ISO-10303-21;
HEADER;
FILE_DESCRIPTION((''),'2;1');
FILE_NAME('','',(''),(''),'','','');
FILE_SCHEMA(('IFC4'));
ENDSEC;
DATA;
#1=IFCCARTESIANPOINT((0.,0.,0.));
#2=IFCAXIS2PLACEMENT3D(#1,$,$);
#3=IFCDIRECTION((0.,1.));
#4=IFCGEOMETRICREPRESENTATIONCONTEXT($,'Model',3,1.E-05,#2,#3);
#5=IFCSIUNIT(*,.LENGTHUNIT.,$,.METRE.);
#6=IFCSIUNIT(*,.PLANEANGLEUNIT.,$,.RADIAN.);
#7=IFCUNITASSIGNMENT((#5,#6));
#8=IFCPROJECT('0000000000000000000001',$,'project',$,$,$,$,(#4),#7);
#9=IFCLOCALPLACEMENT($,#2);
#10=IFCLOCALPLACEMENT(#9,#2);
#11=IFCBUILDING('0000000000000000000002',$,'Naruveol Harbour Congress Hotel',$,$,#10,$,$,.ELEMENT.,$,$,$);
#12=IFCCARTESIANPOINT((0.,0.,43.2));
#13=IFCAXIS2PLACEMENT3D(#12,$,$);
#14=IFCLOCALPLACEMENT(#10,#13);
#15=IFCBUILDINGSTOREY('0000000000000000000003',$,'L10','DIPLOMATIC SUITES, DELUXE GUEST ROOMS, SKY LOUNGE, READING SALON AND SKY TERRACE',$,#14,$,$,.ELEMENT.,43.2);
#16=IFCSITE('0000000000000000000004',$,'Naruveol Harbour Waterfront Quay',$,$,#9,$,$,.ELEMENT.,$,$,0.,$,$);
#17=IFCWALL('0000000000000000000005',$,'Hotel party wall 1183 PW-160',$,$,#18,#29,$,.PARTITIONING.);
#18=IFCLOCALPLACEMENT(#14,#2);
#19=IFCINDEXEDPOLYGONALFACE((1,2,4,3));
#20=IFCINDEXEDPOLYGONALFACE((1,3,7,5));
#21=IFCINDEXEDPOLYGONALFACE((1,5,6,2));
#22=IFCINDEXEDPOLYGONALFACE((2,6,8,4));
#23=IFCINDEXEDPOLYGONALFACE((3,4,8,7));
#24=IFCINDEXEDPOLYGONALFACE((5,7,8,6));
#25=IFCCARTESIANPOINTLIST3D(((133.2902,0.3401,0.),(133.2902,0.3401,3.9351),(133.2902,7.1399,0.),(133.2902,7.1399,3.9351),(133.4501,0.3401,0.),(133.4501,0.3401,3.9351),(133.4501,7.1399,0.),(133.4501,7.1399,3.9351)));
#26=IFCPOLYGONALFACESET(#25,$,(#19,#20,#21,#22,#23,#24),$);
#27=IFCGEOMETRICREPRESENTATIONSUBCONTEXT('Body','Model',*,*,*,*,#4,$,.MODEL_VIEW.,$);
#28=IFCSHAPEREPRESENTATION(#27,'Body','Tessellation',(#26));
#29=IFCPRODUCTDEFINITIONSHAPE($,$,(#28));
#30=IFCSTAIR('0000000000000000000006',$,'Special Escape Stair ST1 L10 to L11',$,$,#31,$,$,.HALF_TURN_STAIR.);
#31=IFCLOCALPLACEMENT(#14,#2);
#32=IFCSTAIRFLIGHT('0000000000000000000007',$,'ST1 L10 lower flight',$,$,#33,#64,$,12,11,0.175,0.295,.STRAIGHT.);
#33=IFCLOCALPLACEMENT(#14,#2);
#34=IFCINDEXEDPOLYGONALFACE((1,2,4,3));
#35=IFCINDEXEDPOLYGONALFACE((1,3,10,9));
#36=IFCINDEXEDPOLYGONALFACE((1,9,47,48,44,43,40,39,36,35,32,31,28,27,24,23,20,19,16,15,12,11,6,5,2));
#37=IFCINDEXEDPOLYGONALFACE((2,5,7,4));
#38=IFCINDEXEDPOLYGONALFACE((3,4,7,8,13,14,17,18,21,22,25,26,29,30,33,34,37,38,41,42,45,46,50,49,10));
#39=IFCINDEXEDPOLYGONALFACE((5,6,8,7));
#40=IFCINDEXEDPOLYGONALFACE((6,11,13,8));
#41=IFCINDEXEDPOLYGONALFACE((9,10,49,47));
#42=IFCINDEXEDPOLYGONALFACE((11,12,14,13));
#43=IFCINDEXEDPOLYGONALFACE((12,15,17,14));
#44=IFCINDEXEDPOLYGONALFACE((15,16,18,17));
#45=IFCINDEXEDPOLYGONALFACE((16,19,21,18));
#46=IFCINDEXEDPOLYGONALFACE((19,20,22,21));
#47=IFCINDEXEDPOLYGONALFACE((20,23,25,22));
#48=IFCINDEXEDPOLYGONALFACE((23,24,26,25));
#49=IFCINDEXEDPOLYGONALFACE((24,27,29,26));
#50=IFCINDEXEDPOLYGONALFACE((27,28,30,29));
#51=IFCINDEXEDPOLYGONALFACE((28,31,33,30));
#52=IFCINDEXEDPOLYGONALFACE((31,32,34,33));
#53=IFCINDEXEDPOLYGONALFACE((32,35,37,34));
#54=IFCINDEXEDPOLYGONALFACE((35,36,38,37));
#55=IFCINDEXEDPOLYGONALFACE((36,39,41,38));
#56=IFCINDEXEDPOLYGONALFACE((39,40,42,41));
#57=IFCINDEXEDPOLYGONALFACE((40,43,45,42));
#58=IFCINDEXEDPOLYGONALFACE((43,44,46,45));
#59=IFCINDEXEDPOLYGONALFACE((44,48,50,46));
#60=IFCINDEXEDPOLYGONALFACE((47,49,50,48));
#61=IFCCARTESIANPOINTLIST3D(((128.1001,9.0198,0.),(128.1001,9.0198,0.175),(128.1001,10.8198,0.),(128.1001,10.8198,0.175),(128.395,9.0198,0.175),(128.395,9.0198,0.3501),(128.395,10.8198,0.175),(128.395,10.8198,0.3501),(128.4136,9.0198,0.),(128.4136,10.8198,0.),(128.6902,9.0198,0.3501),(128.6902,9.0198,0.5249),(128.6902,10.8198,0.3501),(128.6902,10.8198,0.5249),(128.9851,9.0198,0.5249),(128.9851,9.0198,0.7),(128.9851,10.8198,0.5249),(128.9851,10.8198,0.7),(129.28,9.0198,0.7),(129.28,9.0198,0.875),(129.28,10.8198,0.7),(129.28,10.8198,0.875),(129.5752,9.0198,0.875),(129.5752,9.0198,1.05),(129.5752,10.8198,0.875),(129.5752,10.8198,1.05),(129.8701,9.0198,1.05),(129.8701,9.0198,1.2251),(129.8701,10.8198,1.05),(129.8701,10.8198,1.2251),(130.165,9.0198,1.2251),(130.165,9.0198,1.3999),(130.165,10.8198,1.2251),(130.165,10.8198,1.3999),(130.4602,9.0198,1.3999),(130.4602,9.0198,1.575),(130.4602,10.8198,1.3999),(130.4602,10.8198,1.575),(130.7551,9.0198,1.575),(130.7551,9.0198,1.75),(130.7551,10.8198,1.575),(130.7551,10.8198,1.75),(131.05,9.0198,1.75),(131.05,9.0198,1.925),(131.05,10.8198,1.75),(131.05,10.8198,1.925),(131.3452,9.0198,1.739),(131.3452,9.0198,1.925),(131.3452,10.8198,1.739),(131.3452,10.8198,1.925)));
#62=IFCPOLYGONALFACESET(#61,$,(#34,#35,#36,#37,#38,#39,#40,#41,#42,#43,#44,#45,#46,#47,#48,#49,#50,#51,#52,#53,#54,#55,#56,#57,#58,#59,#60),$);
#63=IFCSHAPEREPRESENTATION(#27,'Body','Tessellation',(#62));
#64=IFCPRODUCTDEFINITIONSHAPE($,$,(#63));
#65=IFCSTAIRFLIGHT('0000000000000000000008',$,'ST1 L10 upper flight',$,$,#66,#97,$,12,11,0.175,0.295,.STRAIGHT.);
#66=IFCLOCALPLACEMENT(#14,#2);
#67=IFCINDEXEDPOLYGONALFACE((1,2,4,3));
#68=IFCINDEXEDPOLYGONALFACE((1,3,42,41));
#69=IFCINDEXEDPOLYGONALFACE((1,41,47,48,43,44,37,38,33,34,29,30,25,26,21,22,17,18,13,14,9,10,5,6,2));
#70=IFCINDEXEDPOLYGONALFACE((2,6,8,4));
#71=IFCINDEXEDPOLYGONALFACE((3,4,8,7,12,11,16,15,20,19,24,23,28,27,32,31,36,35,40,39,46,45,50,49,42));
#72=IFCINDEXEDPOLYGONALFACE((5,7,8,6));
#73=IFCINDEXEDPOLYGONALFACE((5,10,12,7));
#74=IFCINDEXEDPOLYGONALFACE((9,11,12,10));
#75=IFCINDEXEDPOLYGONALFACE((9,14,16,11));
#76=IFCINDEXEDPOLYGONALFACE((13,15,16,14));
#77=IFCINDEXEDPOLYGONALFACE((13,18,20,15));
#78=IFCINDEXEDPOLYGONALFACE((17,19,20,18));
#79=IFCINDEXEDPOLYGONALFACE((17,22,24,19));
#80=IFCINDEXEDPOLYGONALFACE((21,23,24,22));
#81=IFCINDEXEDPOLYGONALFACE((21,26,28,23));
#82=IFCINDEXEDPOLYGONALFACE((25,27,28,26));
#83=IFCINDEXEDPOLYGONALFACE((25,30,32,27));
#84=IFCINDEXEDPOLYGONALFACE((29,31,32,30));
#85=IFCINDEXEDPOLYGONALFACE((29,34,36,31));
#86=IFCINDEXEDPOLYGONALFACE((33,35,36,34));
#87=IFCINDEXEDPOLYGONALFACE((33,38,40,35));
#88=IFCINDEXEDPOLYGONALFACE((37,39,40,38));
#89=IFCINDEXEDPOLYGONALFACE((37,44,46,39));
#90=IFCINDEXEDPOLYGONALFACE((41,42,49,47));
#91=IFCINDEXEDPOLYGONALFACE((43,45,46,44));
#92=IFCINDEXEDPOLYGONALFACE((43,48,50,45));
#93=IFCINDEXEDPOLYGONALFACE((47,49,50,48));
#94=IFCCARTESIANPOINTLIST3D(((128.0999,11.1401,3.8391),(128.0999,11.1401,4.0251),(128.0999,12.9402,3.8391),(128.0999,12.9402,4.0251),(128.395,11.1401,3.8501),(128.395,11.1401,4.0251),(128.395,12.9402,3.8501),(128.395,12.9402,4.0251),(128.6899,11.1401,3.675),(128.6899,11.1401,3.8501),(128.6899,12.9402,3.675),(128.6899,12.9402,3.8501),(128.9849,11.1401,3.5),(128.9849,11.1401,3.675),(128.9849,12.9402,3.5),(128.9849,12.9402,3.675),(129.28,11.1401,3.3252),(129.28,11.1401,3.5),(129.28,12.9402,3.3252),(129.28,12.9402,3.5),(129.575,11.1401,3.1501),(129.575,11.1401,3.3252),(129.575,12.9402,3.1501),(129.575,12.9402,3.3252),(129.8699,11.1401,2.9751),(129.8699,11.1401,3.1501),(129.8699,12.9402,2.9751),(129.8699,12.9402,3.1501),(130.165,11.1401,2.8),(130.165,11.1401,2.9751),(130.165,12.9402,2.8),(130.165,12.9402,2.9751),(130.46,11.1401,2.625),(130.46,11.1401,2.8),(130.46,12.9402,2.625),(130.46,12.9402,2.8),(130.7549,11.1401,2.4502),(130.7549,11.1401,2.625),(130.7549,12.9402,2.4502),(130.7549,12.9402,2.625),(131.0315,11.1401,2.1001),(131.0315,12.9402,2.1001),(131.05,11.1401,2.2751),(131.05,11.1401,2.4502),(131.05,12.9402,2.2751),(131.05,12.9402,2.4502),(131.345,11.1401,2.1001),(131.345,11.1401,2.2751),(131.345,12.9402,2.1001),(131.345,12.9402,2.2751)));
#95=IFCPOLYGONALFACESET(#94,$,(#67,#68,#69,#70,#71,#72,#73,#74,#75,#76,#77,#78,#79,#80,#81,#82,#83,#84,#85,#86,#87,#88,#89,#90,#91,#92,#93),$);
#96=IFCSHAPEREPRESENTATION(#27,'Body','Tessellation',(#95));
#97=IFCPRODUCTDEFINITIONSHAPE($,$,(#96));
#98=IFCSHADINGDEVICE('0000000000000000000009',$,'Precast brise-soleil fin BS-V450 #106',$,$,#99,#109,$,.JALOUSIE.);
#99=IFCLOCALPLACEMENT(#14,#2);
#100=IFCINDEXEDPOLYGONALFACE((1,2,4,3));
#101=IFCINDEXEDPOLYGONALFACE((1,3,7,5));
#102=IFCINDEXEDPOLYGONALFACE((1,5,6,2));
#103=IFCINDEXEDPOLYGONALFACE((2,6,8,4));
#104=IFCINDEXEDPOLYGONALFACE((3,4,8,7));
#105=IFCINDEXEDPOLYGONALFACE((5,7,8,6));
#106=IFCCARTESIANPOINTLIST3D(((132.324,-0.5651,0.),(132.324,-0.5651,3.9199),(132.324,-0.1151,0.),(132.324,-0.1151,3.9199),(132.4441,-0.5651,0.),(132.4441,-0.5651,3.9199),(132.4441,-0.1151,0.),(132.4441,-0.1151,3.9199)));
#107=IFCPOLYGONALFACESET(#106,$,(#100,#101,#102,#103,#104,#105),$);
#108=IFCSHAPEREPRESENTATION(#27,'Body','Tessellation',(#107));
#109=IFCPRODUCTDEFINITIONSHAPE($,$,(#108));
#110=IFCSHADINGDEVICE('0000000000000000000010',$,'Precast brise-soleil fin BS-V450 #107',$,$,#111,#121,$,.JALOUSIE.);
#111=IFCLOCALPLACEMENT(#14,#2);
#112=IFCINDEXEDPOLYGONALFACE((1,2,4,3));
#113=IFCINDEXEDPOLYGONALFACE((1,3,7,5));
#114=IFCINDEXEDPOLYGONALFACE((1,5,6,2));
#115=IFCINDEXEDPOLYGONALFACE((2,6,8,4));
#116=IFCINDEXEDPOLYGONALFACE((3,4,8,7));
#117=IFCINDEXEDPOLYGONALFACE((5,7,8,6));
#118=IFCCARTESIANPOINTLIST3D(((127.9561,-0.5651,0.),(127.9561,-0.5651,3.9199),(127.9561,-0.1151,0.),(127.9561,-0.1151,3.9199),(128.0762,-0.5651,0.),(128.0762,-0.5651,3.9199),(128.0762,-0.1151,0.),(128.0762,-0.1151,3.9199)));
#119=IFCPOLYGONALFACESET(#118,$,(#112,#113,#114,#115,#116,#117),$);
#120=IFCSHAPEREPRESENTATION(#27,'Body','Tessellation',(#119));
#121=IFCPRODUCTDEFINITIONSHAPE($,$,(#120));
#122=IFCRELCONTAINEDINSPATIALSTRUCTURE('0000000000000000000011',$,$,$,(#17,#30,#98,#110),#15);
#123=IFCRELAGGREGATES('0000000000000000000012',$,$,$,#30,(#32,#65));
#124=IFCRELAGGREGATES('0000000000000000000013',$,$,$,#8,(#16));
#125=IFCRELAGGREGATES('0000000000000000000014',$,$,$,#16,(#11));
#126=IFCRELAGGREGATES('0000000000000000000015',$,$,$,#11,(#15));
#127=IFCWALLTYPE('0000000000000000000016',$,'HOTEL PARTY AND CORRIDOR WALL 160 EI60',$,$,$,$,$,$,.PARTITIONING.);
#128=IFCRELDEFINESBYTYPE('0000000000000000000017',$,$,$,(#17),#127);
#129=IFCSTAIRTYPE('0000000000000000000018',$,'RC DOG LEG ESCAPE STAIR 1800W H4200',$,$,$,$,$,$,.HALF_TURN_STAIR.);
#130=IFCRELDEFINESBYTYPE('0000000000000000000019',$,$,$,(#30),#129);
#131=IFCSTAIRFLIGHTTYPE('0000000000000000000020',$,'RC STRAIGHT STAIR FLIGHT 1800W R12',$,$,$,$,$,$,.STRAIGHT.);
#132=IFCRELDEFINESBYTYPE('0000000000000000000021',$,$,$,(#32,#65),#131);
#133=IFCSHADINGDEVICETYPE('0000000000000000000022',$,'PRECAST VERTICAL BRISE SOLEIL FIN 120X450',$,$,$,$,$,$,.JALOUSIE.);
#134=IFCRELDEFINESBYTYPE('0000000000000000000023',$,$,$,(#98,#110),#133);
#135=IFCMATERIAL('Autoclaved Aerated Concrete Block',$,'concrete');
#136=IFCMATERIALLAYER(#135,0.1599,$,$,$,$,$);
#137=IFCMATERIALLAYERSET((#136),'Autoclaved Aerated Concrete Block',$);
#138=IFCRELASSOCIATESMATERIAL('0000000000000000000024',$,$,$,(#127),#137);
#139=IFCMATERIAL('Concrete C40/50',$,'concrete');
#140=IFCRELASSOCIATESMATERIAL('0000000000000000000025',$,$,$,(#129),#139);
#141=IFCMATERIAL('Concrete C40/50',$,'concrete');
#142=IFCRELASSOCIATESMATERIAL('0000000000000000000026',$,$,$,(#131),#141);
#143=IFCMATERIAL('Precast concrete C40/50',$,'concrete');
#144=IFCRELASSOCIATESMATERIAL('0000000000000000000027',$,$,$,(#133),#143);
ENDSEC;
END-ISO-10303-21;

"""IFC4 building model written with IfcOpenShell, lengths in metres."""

from ifc_helpers import new_model, si_unit, direction, frame, frame_2d, origin, origin_2d, place, context, subcontext, project, spatial, polyline, rectangle, outline, extrude, material, layer, layer_set, type_object, element, aggregate, save


model = new_model("IFC4")

# Units and contexts
model_context = context("Model", 3, precision=1e-05, world=origin(), true_north=direction((0.0, 1.0)))
body_context = subcontext(model_context, "Body", "Model", "MODEL_VIEW")
ifc_project = project(units=[si_unit("LENGTHUNIT", "METRE"), si_unit("PLANEANGLEUNIT", "RADIAN")], contexts=[model_context])

# Site, building, storey
site_placement = place(None, origin())
site = spatial("IfcSite", under=ifc_project, at=site_placement, Name="Naruveol Harbour Waterfront Quay", CompositionType="ELEMENT", RefElevation=0.0)
building_placement = place(site_placement, origin())
building = spatial("IfcBuilding", under=site, at=building_placement, Name="Naruveol Harbour Congress Hotel", CompositionType="ELEMENT")
storey_placement = place(building_placement, frame((0.0, 0.0, 43.2)))
storey = spatial("IfcBuildingStorey", under=building, at=storey_placement, Name="L10", Description="DIPLOMATIC SUITES, DELUXE GUEST ROOMS, SKY LOUNGE, READING SALON AND SKY TERRACE", CompositionType="ELEMENT", Elevation=43.2)

# Shared definitions
ifc_material_1 = material(Name="Autoclaved Aerated Concrete Block", Category="concrete")
ifc_layer_1 = layer(ifc_material_1, 0.1599)
ifc_layer_set_1 = layer_set([ifc_layer_1], Name="Autoclaved Aerated Concrete Block")
wall_type_1 = type_object("IfcWallType", Name="HOTEL PARTY AND CORRIDOR WALL 160 EI60", PredefinedType="PARTITIONING", material=ifc_layer_set_1)

# Wall
wall_1_placement = place(storey_placement, frame((133.3701, 0.3401, 0.0), z_axis=(0.0, 0.0, 1.0), x_axis=(0.0, 1.0, 0.0)))
element("IfcWall", 1, at=wall_1_placement, inside=storey, type_object=wall_type_1, Name="Hotel party wall 1183 PW-160", PredefinedType="PARTITIONING", context=body_context, shape_type="SweptSolid", body=[
    extrude(rectangle(XDim=6.7998, YDim=0.1599, at=frame_2d((3.3999, 0.0))), origin(), (0.0, 0.0, 1.0), 3.9351),
])

# Stair, stair flights
ifc_material_2 = material(Name="Concrete C40/50", Category="concrete")
stair_type = type_object("IfcStairType", Name="RC DOG LEG ESCAPE STAIR 1800W H4200", PredefinedType="HALF_TURN_STAIR", material=ifc_material_2)
stair_placement = place(storey_placement, origin())
stair = element("IfcStair", 2, at=stair_placement, inside=storey, type_object=stair_type, Name="Special Escape Stair ST1 L10 to L11", PredefinedType="HALF_TURN_STAIR")
ifc_material_3 = material(Name="Concrete C40/50", Category="concrete")
stair_flight_type = type_object("IfcStairFlightType", Name="RC STRAIGHT STAIR FLIGHT 1800W R12", PredefinedType="STRAIGHT", material=ifc_material_3)
stair_flight_1_placement = place(storey_placement, frame((128.1001, 9.9199, 0.0), z_axis=(0.0, 0.0, 1.0), x_axis=(1.0, 0.0, 0.0)))
stair_flight_1 = element("IfcStairFlight", 3, at=stair_flight_1_placement, type_object=stair_flight_type, Name="ST1 L10 lower flight", NumberOfRisers=12, NumberOfTreads=11, PredefinedType="STRAIGHT", RiserHeight=0.175, TreadLength=0.295, context=body_context, shape_type="SweptSolid", body=[
    extrude(outline(polyline([(0.0, 0.0), (0.0, 0.175), (0.2949, 0.175), (0.2949, 0.3501), (0.5901, 0.3501), (0.5901, 0.5249), (0.885, 0.5249), (0.885, 0.7), (1.1799, 0.7), (1.1799, 0.875), (1.4751, 0.875), (1.4751, 1.05), (1.77, 1.05), (1.77, 1.2251), (2.0649, 1.2251), (2.0649, 1.3999), (2.3601, 1.3999), (2.3601, 1.575), (2.655, 1.575), (2.655, 1.75), (2.95, 1.75), (2.95, 1.925), (3.2451, 1.925), (3.2451, 2.1001), (3.2451, 1.739), (0.3135, 0.0), (0.0, 0.0)])), frame((0.0, 0.8999, 0.0), z_axis=(0.0, -1.0, 0.0), x_axis=(1.0, 0.0, 0.0)), (0.0, 0.0, 1.0), 1.8),
])
stair_flight_2_placement = place(storey_placement, frame((131.345, 12.04, 2.1001), z_axis=(0.0, 0.0, 1.0), x_axis=(-1.0, 0.0, 0.0)))
stair_flight_2 = element("IfcStairFlight", 4, at=stair_flight_2_placement, type_object=stair_flight_type, Name="ST1 L10 upper flight", NumberOfRisers=12, NumberOfTreads=11, PredefinedType="STRAIGHT", RiserHeight=0.175, TreadLength=0.295, context=body_context, shape_type="SweptSolid", body=[
    extrude(outline(polyline([(0.0, 0.0), (0.0, 0.175), (0.2949, 0.175), (0.2949, 0.3501), (0.5901, 0.3501), (0.5901, 0.5249), (0.885, 0.5249), (0.885, 0.7), (1.1799, 0.7), (1.1799, 0.875), (1.4751, 0.875), (1.4751, 1.05), (1.77, 1.05), (1.77, 1.2251), (2.0649, 1.2251), (2.0649, 1.3999), (2.3601, 1.3999), (2.3601, 1.575), (2.655, 1.575), (2.655, 1.75), (2.95, 1.75), (2.95, 1.925), (3.2451, 1.925), (3.2451, 2.1001), (3.2451, 1.739), (0.3135, 0.0), (0.0, 0.0)])), frame((0.0, 0.8999, 0.0), z_axis=(0.0, -1.0, 0.0), x_axis=(1.0, 0.0, 0.0)), (0.0, 0.0, 1.0), 1.8),
])
aggregate(stair, [stair_flight_1, stair_flight_2])

# Shading devices
ifc_material_4 = material(Name="Precast concrete C40/50", Category="concrete")
shading_device_type = type_object("IfcShadingDeviceType", Name="PRECAST VERTICAL BRISE SOLEIL FIN 120X450", PredefinedType="JALOUSIE", material=ifc_material_4)
for number, where, z_axis, x_axis, name in (
    (5, (132.384, -0.3401, 0.0), (0.0, 0.0, 1.0), (-1.0, 0.0, 0.0), "Precast brise-soleil fin BS-V450 #106"),
    (6, (128.0161, -0.3401, 0.0), (0.0, 0.0, 1.0), (-1.0, 0.0, 0.0), "Precast brise-soleil fin BS-V450 #107"),
):
    element("IfcShadingDevice", number, at=place(storey_placement, frame(where, z_axis=z_axis, x_axis=x_axis)), inside=storey, type_object=shading_device_type, Name=name, PredefinedType="JALOUSIE", context=body_context, shape_type="SweptSolid", body=[
        extrude(rectangle(XDim=0.1201, YDim=0.45, at=origin_2d()), origin(), (0.0, 0.0, 1.0), 3.9199),
    ])

save(model, "model.ifc")
